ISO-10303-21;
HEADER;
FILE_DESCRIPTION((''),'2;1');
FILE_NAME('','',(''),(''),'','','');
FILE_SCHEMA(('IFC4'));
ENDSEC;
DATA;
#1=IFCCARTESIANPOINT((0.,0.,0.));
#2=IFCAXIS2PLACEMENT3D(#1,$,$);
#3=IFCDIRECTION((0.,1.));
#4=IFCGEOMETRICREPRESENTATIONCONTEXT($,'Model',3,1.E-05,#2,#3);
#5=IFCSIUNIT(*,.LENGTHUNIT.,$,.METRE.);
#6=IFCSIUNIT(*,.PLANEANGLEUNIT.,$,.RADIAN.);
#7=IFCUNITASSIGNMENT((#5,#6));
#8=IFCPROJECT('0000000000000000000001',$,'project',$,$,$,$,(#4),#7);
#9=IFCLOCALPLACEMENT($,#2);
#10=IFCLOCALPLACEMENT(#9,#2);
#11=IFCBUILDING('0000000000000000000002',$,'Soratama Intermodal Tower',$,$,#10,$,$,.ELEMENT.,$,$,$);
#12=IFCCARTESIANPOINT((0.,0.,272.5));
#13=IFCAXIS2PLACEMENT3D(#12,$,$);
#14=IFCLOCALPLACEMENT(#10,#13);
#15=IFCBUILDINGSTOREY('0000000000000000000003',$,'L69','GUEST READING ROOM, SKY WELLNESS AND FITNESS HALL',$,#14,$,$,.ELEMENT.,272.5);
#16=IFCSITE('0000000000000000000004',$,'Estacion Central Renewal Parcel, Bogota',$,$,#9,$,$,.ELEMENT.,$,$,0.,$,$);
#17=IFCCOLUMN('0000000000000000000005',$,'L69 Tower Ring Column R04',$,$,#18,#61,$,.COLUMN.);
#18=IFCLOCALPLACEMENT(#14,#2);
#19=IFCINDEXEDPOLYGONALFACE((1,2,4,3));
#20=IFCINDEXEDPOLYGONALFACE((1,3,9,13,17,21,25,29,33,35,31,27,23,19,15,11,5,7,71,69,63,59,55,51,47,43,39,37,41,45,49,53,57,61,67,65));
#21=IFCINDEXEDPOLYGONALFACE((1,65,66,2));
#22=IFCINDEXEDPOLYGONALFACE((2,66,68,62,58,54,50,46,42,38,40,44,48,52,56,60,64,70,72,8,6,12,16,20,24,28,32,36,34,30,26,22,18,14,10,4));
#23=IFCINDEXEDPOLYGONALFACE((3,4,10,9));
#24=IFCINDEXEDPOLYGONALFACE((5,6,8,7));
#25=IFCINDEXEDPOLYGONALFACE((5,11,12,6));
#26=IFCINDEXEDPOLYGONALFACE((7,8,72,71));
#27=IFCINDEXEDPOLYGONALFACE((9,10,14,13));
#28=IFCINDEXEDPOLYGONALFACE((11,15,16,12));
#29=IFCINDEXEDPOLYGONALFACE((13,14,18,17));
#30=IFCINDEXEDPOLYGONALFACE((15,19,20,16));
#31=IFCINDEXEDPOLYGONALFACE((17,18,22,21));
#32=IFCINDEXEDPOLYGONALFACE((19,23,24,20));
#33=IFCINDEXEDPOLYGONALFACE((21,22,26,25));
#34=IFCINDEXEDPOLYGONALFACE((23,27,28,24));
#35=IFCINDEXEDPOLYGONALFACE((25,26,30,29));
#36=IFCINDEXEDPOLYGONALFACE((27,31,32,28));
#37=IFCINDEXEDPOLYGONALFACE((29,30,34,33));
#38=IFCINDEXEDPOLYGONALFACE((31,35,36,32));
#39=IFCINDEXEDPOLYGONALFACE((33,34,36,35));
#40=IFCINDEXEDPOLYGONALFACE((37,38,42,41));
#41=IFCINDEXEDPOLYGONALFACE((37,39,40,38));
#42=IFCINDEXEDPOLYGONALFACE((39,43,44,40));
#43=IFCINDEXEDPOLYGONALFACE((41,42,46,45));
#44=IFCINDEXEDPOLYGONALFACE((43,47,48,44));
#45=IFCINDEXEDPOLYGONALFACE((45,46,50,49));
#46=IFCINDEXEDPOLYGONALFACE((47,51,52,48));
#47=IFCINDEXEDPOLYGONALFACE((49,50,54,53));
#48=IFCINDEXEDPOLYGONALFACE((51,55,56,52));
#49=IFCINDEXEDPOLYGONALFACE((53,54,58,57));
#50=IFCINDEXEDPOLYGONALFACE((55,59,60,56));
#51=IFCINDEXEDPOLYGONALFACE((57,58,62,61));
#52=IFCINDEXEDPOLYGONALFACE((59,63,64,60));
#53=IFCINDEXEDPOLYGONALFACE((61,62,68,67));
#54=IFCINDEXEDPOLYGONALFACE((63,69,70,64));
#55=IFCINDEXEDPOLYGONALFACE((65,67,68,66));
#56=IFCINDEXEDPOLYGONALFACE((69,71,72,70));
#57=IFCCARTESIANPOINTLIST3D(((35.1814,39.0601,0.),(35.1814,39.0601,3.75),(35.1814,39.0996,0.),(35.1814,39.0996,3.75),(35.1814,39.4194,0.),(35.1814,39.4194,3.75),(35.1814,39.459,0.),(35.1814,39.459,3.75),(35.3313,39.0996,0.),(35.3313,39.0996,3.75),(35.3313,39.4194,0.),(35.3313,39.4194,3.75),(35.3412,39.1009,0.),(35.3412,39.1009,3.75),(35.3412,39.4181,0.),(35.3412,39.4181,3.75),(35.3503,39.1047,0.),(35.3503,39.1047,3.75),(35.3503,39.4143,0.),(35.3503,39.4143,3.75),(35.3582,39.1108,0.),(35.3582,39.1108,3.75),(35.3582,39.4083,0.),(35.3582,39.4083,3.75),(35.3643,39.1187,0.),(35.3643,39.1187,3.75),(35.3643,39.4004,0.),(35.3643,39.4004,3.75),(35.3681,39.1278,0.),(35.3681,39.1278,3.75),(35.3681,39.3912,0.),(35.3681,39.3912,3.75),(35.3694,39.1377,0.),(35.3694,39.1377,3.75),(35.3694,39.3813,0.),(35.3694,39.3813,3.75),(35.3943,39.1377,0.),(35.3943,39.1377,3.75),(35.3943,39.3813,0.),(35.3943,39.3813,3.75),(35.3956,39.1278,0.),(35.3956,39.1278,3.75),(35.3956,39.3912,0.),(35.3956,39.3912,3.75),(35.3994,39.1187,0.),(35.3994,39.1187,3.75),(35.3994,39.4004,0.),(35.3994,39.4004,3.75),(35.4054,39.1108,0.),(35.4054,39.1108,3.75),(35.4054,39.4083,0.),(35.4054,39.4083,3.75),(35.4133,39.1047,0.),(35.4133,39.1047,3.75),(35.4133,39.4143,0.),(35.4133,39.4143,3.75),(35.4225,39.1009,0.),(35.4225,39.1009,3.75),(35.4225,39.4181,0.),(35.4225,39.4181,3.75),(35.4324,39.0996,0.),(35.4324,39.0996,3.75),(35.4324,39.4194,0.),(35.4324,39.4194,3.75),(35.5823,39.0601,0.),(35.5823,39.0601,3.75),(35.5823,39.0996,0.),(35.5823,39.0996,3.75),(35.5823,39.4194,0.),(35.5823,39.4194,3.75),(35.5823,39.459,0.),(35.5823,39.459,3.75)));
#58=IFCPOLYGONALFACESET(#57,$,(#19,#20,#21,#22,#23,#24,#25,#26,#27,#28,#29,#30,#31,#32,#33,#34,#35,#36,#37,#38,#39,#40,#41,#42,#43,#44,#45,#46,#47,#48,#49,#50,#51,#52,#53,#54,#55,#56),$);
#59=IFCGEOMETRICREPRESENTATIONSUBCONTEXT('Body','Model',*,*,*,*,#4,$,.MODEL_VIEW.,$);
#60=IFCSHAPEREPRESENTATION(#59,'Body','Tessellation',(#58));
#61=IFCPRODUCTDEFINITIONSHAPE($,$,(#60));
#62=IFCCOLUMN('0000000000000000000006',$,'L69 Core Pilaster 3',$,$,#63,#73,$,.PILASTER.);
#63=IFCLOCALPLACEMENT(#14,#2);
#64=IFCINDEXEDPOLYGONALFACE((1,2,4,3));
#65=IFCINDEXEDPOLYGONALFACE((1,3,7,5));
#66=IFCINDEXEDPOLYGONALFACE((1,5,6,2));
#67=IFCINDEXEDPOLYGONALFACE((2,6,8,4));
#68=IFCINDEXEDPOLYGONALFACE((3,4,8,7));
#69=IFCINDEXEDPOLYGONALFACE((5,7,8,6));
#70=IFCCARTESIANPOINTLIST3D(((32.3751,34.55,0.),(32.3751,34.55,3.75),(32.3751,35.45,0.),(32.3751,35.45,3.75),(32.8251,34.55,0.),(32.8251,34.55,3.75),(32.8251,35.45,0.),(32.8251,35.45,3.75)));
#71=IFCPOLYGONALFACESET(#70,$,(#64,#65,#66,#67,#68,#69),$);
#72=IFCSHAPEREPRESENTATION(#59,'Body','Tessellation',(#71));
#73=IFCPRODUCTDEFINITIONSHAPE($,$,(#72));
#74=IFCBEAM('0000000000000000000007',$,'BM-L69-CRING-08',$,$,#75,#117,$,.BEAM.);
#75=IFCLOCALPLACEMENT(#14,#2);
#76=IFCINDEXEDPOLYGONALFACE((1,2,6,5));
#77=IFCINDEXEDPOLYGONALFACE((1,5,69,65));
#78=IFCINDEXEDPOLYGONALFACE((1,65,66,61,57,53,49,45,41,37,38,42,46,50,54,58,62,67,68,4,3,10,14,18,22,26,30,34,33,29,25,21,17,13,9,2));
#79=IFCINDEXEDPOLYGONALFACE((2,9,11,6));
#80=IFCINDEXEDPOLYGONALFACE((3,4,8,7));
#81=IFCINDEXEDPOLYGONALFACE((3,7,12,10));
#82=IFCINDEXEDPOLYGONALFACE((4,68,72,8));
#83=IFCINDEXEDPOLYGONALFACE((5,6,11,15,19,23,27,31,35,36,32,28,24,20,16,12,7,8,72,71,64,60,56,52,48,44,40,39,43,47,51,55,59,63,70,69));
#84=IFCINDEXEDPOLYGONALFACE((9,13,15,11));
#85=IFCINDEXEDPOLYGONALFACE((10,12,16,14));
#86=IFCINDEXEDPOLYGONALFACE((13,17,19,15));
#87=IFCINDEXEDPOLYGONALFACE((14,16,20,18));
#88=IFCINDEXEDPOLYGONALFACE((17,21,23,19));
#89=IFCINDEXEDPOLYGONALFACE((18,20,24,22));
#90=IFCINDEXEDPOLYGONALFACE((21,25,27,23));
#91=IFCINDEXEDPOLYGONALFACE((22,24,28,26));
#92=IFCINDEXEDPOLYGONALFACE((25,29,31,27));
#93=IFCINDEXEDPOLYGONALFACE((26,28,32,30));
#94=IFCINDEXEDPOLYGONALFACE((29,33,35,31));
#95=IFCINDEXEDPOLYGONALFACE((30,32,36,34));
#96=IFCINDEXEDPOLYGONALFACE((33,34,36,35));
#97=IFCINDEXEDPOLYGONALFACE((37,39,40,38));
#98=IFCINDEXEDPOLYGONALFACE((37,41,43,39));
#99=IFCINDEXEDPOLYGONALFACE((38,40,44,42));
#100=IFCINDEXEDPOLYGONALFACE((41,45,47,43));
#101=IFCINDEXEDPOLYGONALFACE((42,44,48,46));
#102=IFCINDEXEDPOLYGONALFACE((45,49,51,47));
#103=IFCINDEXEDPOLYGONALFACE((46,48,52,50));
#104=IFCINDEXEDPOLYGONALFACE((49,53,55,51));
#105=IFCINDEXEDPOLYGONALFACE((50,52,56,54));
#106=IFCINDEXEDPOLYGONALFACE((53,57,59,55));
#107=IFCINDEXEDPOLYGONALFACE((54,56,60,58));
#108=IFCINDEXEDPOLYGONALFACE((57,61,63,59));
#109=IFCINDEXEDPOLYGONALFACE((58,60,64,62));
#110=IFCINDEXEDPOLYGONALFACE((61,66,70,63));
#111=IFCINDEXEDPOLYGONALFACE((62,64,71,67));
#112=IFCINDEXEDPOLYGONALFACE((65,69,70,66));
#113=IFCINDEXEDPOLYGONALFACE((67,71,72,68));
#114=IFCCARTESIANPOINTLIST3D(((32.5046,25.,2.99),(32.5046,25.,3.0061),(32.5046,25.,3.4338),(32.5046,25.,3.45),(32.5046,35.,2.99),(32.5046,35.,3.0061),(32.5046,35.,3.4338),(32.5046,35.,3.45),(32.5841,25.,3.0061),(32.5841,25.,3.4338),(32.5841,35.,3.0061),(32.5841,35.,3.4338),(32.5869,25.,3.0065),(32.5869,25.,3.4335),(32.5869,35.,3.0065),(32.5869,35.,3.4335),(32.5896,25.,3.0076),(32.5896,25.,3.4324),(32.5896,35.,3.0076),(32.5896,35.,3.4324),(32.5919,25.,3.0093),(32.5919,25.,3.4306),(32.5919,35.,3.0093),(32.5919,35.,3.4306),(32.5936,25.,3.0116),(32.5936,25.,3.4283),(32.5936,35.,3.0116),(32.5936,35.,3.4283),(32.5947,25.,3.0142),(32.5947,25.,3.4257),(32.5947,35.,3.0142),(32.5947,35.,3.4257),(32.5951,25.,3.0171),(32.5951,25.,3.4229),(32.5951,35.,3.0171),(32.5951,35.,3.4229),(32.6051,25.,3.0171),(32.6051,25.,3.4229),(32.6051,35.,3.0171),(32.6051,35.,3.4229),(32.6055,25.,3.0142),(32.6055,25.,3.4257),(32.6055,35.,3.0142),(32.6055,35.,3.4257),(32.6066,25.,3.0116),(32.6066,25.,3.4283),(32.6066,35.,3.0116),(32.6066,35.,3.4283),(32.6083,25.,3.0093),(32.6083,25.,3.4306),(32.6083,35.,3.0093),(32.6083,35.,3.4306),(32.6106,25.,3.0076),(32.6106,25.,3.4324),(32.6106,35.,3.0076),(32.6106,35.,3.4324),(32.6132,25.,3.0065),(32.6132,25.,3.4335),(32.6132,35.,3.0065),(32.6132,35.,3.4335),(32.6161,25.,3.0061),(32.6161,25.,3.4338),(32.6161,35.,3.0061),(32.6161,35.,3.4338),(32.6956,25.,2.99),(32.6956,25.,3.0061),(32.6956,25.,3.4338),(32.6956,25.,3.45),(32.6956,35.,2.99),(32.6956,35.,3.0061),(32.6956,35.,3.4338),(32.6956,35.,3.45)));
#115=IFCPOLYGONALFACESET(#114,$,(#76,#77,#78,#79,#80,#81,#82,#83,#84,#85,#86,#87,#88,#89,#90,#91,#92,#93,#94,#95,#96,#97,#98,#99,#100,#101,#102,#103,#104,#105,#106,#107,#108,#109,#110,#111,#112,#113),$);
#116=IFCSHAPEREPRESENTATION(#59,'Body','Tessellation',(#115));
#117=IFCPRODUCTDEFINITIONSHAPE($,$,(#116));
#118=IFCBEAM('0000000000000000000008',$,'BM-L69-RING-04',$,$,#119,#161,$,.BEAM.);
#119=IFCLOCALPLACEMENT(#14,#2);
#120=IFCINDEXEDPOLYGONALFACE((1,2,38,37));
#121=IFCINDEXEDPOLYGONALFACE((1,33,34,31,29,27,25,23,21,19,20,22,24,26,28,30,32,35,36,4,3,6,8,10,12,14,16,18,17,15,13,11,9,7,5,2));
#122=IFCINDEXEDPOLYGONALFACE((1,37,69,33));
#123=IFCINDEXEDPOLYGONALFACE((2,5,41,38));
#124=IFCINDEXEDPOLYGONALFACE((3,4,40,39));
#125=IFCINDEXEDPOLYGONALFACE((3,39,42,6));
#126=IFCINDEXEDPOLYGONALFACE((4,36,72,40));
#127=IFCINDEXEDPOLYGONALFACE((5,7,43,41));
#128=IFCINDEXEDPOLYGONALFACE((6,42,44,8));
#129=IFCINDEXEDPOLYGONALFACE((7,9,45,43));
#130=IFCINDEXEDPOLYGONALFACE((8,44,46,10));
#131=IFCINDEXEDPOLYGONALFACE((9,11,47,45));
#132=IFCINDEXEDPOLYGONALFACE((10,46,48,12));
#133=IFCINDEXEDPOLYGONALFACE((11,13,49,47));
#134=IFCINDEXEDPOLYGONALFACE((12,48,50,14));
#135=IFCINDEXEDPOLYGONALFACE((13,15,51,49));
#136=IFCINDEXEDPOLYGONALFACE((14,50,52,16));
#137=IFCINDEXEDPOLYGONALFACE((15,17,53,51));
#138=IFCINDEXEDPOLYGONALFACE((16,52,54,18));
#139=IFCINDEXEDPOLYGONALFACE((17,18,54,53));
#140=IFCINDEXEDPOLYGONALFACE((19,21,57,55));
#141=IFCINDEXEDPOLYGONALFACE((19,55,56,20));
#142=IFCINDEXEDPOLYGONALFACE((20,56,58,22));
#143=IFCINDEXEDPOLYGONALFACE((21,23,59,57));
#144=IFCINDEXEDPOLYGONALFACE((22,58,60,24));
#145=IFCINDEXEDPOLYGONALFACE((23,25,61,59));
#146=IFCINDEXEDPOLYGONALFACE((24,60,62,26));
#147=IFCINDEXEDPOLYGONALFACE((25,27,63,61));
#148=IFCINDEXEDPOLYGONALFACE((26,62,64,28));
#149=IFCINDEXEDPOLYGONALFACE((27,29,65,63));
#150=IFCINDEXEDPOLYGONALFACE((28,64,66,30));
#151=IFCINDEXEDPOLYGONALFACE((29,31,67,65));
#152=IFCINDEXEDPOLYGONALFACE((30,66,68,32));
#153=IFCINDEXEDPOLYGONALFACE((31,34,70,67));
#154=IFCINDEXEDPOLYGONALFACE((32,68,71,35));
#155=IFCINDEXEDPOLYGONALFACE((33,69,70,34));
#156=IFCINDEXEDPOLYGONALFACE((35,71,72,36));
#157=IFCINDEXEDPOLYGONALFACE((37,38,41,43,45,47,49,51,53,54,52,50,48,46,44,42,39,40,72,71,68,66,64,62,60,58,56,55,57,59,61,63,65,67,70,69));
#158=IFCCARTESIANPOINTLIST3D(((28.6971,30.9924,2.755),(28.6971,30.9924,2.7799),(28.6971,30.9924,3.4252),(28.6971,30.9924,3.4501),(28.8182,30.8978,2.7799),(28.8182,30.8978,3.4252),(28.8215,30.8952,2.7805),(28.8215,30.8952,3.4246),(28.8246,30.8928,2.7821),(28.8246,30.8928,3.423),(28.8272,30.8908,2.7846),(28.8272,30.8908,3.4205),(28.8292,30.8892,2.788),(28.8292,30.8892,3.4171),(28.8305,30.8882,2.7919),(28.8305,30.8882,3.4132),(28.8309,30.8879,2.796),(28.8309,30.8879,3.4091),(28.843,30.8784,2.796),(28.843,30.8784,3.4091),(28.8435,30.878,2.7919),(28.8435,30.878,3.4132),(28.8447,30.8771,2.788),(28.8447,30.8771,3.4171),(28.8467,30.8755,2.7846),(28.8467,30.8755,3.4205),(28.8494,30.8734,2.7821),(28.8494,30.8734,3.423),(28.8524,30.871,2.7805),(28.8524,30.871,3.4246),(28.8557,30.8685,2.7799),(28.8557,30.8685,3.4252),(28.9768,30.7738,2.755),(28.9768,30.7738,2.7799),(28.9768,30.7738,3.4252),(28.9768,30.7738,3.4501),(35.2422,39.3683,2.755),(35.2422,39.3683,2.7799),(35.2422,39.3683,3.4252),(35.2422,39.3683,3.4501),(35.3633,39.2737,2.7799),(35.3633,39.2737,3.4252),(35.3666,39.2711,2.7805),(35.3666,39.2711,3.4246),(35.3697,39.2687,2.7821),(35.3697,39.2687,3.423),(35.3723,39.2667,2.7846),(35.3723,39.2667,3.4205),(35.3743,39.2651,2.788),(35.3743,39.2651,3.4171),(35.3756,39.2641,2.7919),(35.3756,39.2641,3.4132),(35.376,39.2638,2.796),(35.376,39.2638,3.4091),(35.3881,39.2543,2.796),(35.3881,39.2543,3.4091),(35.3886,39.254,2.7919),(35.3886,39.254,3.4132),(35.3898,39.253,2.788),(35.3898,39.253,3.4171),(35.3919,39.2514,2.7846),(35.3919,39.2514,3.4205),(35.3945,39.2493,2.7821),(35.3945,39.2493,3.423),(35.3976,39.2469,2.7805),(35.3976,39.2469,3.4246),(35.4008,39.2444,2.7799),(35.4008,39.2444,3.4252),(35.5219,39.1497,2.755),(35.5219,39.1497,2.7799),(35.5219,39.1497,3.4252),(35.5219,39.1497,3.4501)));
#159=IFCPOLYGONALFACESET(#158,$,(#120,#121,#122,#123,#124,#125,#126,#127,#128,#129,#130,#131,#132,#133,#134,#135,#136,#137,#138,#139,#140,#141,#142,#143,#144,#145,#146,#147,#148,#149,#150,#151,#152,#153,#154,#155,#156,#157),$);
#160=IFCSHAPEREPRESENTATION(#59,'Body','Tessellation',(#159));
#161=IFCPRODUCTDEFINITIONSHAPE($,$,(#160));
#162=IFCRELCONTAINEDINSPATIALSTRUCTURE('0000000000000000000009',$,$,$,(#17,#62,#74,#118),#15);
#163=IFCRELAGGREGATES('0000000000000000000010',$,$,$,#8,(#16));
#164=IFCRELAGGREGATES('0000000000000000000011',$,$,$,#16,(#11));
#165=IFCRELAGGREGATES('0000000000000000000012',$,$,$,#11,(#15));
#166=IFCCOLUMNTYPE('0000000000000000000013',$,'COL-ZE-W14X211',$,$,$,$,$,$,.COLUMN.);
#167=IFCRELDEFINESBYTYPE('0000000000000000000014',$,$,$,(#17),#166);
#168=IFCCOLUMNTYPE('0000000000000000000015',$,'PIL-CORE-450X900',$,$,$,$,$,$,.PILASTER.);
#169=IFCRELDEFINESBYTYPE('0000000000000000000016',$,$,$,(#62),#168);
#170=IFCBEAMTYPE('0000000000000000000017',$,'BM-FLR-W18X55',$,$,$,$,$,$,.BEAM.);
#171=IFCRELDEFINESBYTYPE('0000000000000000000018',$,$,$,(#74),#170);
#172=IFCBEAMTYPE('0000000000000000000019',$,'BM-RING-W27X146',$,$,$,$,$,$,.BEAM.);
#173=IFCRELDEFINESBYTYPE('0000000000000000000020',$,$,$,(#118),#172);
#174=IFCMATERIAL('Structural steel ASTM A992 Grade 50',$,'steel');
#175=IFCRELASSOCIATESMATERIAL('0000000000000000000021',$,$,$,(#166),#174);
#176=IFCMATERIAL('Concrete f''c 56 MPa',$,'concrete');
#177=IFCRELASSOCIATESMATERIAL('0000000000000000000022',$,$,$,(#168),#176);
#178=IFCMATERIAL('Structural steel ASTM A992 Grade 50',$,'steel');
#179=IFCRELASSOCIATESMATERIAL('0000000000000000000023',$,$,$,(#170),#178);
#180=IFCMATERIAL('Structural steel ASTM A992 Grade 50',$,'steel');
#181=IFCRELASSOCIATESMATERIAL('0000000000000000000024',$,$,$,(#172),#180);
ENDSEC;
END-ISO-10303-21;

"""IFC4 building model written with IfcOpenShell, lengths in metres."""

from ifc_helpers import new_model, si_unit, direction, frame, origin, origin_2d, place, context, subcontext, project, spatial, rectangle, i_section, extrude, material, material_profile, profile_set, type_object, element, save


model = new_model("IFC4")

# Units and contexts
model_context = context("Model", 3, precision=1e-05, world=origin(), true_north=direction((0.0, 1.0)))
body_context = subcontext(model_context, "Body", "Model", "MODEL_VIEW")
ifc_project = project(units=[si_unit("LENGTHUNIT", "METRE"), si_unit("PLANEANGLEUNIT", "RADIAN")], contexts=[model_context])

# Site, building, storey
site_placement = place(None, origin())
site = spatial("IfcSite", under=ifc_project, at=site_placement, Name="Estacion Central Renewal Parcel, Bogota", CompositionType="ELEMENT", RefElevation=0.0)
building_placement = place(site_placement, origin())
building = spatial("IfcBuilding", under=site, at=building_placement, Name="Soratama Intermodal Tower", CompositionType="ELEMENT")
storey_placement = place(building_placement, frame((0.0, 0.0, 272.5)))
storey = spatial("IfcBuildingStorey", under=building, at=storey_placement, Name="L69", Description="GUEST READING ROOM, SKY WELLNESS AND FITNESS HALL", CompositionType="ELEMENT", Elevation=272.5)

# Columns
ifc_material_1 = material(Name="Structural steel ASTM A992 Grade 50", Category="steel")
ifc_material_profile_1 = material_profile(ifc_material_1, i_section(OverallWidth=0.4009, OverallDepth=0.3989, WebThickness=0.0249, FlangeThickness=0.0396, FilletRadius=0.0381, at=origin_2d()), Name="W14X211")
ifc_profile_set_1 = profile_set([ifc_material_profile_1], Name="Structural steel ASTM A992 Grade 50")
column_type_1 = type_object("IfcColumnType", Name="COL-ZE-W14X211", PredefinedType="COLUMN", material=ifc_profile_set_1)
column_1_placement = place(storey_placement, frame((35.3818, 39.2595, 0.0), z_axis=(0.0, 0.0, 1.0), x_axis=(1.0, 0.0, 0.0)))
element("IfcColumn", 1, at=column_1_placement, inside=storey, type_object=column_type_1, Name="L69 Tower Ring Column R04", PredefinedType="COLUMN", context=body_context, shape_type="SweptSolid", body=[
    extrude(i_section(OverallWidth=0.4009, OverallDepth=0.3989, WebThickness=0.0249, FlangeThickness=0.0396, FilletRadius=0.0381, at=origin_2d()), origin(), (0.0, 0.0, 1.0), 3.75),
])
ifc_material_2 = material(Name="Concrete f'c 56 MPa", Category="concrete")
ifc_material_profile_2 = material_profile(ifc_material_2, rectangle(XDim=0.45, YDim=0.8999, at=origin_2d()), Name="RC450X900")
ifc_profile_set_2 = profile_set([ifc_material_profile_2], Name="Concrete f'c 56 MPa")
column_type_2 = type_object("IfcColumnType", Name="PIL-CORE-450X900", PredefinedType="PILASTER", material=ifc_profile_set_2)
column_2_placement = place(storey_placement, frame((32.6001, 35.0, 0.0), z_axis=(0.0, 0.0, 1.0), x_axis=(1.0, 0.0, 0.0)))
element("IfcColumn", 2, at=column_2_placement, inside=storey, type_object=column_type_2, Name="L69 Core Pilaster 3", PredefinedType="PILASTER", context=body_context, shape_type="SweptSolid", body=[
    extrude(rectangle(XDim=0.45, YDim=0.8999, at=origin_2d()), origin(), (0.0, 0.0, 1.0), 3.75),
])

# Beams
ifc_material_3 = material(Name="Structural steel ASTM A992 Grade 50", Category="steel")
ifc_material_profile_3 = material_profile(ifc_material_3, i_section(OverallWidth=0.1909, OverallDepth=0.46, WebThickness=0.01, FlangeThickness=0.0161, FilletRadius=0.011, at=origin_2d()), Name="W18X55")
ifc_profile_set_3 = profile_set([ifc_material_profile_3], Name="Structural steel ASTM A992 Grade 50")
beam_type_1 = type_object("IfcBeamType", Name="BM-FLR-W18X55", PredefinedType="BEAM", material=ifc_profile_set_3)
beam_1_placement = place(storey_placement, frame((32.6001, 35.0, 3.22), z_axis=(0.0, -1.0, 0.0), x_axis=(1.0, 0.0, 0.0)))
element("IfcBeam", 3, at=beam_1_placement, inside=storey, type_object=beam_type_1, Name="BM-L69-CRING-08", PredefinedType="BEAM", context=body_context, shape_type="SweptSolid", body=[
    extrude(i_section(OverallWidth=0.1909, OverallDepth=0.46, WebThickness=0.01, FlangeThickness=0.0161, FilletRadius=0.011, at=origin_2d()), origin(), (0.0, 0.0, 1.0), 10.0),
])
ifc_material_4 = material(Name="Structural steel ASTM A992 Grade 50", Category="steel")
ifc_material_profile_4 = material_profile(ifc_material_4, i_section(OverallWidth=0.355, OverallDepth=0.6951, WebThickness=0.0154, FlangeThickness=0.0249, FilletRadius=0.0161, at=origin_2d()), Name="W27X146")
ifc_profile_set_4 = profile_set([ifc_material_profile_4], Name="Structural steel ASTM A992 Grade 50")
beam_type_2 = type_object("IfcBeamType", Name="BM-RING-W27X146", PredefinedType="BEAM", material=ifc_profile_set_4)
beam_2_placement = place(storey_placement, frame((35.3821, 39.259, 3.1025), z_axis=(-0.615728, -0.787959, 0.0), x_axis=(0.787959, -0.615728, 0.0)))
element("IfcBeam", 4, at=beam_2_placement, inside=storey, type_object=beam_type_2, Name="BM-L69-RING-04", PredefinedType="BEAM", context=body_context, shape_type="SweptSolid", body=[
    extrude(i_section(OverallWidth=0.355, OverallDepth=0.6951, WebThickness=0.0154, FlangeThickness=0.0249, FilletRadius=0.0161, at=origin_2d()), origin(), (0.0, 0.0, 1.0), 10.6299),
])

save(model, "model.ifc")
